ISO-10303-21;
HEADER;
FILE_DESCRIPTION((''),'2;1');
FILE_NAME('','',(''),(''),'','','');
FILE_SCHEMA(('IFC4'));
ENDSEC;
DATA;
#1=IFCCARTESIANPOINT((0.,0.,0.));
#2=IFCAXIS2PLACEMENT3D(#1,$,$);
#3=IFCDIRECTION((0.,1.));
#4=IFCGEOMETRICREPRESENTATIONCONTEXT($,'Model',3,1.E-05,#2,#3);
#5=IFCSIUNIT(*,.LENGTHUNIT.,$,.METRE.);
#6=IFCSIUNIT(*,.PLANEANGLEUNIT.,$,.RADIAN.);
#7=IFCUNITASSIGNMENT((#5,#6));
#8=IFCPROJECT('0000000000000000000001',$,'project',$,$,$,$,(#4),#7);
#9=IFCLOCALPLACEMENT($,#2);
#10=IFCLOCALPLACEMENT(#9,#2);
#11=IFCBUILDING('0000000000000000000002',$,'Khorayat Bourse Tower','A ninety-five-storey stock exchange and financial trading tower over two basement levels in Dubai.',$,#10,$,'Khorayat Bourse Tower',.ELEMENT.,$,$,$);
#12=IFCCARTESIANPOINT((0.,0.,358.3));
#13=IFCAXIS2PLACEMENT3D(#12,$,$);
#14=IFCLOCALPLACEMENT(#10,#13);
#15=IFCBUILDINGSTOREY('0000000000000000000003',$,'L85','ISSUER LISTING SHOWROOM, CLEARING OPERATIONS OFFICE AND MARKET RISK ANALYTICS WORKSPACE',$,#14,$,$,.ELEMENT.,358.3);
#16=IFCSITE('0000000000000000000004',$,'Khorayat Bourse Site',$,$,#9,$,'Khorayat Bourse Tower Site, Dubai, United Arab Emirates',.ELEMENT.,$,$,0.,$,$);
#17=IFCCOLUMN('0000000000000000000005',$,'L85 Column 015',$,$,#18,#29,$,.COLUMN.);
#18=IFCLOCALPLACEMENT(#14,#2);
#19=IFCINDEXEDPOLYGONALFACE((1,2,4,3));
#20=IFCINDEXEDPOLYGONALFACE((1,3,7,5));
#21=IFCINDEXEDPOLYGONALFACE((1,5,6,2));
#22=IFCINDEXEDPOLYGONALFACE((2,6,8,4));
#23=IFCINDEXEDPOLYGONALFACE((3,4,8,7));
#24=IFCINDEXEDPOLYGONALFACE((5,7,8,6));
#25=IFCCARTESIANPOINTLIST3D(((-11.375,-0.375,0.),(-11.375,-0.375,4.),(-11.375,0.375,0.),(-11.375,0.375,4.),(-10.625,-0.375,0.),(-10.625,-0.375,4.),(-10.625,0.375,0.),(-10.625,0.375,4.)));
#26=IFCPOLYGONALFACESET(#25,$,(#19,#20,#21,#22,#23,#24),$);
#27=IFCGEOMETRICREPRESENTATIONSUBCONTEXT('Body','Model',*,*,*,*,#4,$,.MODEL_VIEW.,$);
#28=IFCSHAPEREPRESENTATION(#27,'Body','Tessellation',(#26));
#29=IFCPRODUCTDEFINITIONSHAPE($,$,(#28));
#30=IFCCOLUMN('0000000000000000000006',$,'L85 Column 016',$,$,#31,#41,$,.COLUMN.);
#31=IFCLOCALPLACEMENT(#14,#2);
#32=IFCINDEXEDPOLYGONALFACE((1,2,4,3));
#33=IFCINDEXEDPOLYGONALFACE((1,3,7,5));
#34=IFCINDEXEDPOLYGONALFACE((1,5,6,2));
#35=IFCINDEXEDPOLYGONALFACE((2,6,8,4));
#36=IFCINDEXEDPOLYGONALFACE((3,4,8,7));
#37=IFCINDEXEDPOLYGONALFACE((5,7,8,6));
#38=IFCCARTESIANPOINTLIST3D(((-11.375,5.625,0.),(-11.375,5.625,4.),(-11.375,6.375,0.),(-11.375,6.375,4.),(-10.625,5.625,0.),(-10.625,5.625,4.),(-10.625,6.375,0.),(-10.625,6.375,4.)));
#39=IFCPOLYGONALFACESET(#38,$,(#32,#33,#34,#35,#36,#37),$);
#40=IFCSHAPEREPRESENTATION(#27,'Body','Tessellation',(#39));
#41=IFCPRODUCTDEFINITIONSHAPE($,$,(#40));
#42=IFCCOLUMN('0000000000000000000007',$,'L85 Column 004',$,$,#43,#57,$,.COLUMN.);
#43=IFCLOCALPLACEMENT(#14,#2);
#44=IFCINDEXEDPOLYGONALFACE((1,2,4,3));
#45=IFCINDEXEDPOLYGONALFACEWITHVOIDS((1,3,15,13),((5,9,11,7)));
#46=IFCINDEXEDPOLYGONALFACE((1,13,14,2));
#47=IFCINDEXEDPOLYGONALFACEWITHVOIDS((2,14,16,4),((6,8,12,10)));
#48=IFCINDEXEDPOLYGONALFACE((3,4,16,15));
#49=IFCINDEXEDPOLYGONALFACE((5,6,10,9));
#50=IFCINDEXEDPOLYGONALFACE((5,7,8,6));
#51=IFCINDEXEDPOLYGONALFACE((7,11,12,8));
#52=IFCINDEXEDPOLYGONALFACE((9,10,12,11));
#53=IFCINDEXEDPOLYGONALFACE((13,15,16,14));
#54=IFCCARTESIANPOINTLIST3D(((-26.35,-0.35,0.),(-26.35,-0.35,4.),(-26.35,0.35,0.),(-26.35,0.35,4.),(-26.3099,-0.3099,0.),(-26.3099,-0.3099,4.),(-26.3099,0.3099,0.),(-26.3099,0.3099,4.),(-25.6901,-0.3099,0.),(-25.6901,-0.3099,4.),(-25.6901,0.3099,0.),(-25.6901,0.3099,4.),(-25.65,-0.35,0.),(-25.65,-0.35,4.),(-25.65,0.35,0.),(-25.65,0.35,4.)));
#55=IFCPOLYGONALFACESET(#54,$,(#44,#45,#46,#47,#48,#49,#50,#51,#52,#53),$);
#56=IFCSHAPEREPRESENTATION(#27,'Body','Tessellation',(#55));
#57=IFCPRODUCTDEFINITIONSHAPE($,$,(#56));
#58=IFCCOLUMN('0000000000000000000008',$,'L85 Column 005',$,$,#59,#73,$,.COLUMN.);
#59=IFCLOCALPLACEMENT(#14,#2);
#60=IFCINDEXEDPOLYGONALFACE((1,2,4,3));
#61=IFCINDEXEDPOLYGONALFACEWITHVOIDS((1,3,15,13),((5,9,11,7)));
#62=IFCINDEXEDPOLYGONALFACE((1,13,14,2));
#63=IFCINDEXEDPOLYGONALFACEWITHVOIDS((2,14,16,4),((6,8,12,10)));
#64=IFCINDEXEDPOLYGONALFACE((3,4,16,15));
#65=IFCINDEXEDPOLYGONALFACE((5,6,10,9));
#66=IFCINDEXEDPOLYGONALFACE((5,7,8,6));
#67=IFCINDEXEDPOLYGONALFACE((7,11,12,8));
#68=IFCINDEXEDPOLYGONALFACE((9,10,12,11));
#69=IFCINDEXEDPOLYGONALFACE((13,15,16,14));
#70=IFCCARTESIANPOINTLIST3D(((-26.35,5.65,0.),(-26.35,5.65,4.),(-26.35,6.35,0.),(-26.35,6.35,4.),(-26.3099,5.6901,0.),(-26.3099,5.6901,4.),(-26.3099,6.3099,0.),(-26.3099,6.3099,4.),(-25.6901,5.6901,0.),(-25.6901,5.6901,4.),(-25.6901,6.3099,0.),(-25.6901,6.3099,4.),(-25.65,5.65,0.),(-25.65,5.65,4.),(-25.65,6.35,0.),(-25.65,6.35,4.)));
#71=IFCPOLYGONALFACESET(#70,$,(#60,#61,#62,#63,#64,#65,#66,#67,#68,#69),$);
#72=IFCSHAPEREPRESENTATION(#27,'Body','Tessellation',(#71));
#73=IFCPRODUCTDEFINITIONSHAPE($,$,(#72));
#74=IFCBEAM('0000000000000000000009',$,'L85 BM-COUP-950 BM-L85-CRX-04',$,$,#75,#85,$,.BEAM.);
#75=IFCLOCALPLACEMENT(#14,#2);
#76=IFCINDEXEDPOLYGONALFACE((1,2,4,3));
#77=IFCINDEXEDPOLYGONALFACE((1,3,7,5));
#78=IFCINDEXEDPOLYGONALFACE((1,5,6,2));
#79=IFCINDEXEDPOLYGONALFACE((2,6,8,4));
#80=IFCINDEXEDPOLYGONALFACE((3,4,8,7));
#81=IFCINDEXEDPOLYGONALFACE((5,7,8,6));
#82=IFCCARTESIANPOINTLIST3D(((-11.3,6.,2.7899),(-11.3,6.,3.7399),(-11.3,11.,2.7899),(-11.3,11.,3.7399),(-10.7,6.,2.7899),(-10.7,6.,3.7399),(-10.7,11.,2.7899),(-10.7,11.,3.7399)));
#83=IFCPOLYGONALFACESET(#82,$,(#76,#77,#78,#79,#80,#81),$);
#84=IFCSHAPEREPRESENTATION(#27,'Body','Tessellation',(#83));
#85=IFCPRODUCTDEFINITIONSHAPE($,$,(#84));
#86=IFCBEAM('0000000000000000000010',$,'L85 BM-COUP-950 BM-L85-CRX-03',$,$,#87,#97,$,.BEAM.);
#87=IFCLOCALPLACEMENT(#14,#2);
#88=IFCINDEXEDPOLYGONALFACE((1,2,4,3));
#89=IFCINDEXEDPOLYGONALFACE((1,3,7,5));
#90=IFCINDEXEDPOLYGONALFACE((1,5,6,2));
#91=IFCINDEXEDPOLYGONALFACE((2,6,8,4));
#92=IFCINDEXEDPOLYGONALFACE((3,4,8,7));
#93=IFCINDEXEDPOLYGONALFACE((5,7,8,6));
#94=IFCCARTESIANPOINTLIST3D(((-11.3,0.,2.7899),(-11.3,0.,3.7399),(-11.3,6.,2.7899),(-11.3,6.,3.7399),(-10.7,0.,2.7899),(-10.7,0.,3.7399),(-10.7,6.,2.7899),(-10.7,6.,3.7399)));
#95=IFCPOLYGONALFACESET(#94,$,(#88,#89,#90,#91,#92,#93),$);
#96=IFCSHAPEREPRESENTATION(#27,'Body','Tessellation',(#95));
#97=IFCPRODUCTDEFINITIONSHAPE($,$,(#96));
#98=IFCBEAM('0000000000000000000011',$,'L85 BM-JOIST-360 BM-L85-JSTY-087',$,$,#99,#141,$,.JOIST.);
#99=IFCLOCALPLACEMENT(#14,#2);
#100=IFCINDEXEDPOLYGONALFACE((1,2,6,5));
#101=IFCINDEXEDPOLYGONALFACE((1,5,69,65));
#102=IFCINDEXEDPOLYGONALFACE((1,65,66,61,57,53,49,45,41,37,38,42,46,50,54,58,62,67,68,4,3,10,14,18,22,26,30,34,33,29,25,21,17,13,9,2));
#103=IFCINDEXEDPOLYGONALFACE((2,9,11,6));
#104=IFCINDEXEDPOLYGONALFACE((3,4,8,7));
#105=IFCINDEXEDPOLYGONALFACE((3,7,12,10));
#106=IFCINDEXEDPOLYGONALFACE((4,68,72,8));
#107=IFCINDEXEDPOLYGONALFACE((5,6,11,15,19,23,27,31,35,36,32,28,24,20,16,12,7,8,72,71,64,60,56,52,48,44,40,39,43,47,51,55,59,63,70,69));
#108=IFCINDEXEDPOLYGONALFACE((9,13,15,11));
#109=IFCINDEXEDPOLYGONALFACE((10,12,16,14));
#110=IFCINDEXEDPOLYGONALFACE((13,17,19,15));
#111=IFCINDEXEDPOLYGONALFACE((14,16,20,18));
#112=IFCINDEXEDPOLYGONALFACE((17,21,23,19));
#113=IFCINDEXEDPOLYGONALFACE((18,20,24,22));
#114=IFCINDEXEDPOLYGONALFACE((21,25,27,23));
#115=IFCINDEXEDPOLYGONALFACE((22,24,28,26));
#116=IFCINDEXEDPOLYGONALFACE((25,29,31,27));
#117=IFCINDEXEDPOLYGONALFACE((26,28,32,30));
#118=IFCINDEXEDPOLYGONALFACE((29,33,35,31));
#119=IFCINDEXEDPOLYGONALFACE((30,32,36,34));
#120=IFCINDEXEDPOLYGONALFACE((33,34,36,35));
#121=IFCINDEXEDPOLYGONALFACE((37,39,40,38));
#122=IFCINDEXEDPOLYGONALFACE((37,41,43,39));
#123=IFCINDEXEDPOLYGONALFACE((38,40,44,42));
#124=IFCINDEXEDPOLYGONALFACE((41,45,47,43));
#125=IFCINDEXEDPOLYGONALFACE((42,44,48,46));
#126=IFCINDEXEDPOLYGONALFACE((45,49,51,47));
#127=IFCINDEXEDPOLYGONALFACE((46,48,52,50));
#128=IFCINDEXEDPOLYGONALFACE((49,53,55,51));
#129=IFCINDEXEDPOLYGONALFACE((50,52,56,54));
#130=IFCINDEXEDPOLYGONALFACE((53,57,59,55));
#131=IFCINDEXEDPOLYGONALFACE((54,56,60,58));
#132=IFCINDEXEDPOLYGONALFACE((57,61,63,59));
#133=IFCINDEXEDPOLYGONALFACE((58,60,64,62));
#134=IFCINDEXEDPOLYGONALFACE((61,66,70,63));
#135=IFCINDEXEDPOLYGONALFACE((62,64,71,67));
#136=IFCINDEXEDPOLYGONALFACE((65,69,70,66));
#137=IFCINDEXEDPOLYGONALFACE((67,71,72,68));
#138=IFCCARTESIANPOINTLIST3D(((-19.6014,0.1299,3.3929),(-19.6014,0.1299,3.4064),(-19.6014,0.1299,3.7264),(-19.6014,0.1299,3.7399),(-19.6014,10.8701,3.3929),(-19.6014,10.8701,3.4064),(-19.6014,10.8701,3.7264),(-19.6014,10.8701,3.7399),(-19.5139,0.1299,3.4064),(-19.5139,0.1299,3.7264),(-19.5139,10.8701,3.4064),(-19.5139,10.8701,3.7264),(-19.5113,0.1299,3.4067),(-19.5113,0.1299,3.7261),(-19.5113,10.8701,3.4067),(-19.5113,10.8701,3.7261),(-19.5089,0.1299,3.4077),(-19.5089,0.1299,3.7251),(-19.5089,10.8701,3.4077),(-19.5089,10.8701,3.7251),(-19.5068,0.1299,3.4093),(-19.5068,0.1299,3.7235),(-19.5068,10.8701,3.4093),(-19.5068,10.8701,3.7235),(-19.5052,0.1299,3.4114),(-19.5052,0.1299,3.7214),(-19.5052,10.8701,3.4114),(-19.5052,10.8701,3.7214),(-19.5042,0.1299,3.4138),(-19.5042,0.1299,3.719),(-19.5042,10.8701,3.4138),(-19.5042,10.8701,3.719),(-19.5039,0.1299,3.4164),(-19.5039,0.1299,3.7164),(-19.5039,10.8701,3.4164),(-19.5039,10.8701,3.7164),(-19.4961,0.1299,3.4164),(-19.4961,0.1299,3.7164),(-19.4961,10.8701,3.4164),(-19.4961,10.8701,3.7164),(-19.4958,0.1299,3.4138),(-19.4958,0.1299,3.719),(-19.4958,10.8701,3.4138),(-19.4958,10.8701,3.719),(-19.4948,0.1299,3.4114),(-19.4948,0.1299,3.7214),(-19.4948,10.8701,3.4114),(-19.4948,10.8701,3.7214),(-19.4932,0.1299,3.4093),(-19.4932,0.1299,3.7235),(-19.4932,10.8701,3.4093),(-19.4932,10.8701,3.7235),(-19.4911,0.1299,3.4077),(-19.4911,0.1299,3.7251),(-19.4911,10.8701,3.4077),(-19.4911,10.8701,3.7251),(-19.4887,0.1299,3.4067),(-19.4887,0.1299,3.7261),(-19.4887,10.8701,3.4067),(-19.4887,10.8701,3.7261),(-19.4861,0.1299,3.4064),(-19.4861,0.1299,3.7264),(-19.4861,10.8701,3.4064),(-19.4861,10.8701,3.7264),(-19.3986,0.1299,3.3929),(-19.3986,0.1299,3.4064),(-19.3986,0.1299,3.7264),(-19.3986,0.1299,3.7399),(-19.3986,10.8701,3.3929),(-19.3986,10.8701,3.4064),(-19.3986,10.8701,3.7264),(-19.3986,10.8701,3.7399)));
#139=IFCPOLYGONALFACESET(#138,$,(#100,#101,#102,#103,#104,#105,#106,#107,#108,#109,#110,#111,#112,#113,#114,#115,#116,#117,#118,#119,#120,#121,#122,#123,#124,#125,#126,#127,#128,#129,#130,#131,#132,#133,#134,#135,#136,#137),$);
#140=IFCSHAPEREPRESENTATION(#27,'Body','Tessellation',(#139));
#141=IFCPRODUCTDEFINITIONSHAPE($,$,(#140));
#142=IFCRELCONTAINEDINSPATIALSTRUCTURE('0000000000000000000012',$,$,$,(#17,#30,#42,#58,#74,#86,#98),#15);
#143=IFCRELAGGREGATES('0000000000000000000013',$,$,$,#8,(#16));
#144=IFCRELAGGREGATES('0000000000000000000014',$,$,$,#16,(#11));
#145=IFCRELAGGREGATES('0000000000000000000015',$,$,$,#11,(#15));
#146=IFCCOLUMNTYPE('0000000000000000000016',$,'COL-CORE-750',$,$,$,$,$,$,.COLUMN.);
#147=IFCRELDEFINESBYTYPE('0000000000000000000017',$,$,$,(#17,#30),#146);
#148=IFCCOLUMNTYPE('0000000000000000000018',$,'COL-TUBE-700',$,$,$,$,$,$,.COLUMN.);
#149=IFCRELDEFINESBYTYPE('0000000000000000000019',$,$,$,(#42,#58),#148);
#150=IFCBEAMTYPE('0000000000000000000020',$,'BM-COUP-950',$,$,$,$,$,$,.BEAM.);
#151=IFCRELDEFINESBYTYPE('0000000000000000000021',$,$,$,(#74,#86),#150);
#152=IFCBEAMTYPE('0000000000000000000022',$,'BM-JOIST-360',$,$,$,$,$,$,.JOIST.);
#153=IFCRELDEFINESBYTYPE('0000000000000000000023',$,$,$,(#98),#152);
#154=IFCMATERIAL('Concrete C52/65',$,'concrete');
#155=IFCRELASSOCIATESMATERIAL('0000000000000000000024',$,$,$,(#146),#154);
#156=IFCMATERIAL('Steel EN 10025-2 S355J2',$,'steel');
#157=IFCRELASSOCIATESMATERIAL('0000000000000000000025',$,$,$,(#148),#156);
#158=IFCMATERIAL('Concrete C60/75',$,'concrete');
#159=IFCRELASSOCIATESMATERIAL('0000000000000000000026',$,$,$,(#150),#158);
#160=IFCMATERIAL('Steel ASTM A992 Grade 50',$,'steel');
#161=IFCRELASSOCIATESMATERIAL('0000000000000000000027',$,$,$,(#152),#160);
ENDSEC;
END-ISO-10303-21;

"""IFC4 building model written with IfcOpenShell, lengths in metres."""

from ifc_helpers import new_model, si_unit, direction, frame, origin, origin_2d, place, context, subcontext, project, spatial, rectangle, hollow_rectangle, i_section, extrude, source, transform, mapped, material, material_profile, profile_set, type_object, element, save


model = new_model("IFC4")

# Units and contexts
model_context = context("Model", 3, precision=1e-05, world=origin(), true_north=direction((0.0, 1.0)))
body_context = subcontext(model_context, "Body", "Model", "MODEL_VIEW")
ifc_project = project(units=[si_unit("LENGTHUNIT", "METRE"), si_unit("PLANEANGLEUNIT", "RADIAN")], contexts=[model_context])

# Site, building, storey
site_placement = place(None, origin())
site = spatial("IfcSite", under=ifc_project, at=site_placement, Name="Khorayat Bourse Site", LongName="Khorayat Bourse Tower Site, Dubai, United Arab Emirates", CompositionType="ELEMENT", RefElevation=0.0)
building_placement = place(site_placement, origin())
building = spatial("IfcBuilding", under=site, at=building_placement, Name="Khorayat Bourse Tower", Description="A ninety-five-storey stock exchange and financial trading tower over two basement levels in Dubai.", LongName="Khorayat Bourse Tower", CompositionType="ELEMENT")
storey_placement = place(building_placement, frame((0.0, 0.0, 358.3)))
storey = spatial("IfcBuildingStorey", under=building, at=storey_placement, Name="L85", Description="ISSUER LISTING SHOWROOM, CLEARING OPERATIONS OFFICE AND MARKET RISK ANALYTICS WORKSPACE", CompositionType="ELEMENT", Elevation=358.3)

# Columns
ifc_material_1 = material(Name="Concrete C52/65", Category="concrete")
ifc_material_profile_1 = material_profile(ifc_material_1, rectangle(XDim=0.75, YDim=0.75, at=origin_2d()), Name="RC 750x750")
ifc_profile_set_1 = profile_set([ifc_material_profile_1], Name="Concrete C52/65")
column_type_1 = type_object("IfcColumnType", Name="COL-CORE-750", PredefinedType="COLUMN", material=ifc_profile_set_1)
shared_shape_1 = source(origin(), body_context, "Body", "SweptSolid", [
    extrude(rectangle(XDim=0.75, YDim=0.75, at=origin_2d()), origin(), (0.0, 0.0, 1.0), 4.0),
])
for number, where, z_axis, x_axis, name in (
    (1, (-11.0, 0.0, 0.0), (0.0, 0.0, 1.0), (1.0, 0.0, 0.0), "L85 Column 015"),
    (2, (-11.0, 6.0, 0.0), (0.0, 0.0, 1.0), (1.0, 0.0, 0.0), "L85 Column 016"),
):
    element("IfcColumn", number, at=place(storey_placement, frame(where, z_axis=z_axis, x_axis=x_axis)), inside=storey, type_object=column_type_1, Name=name, PredefinedType="COLUMN", context=body_context, shape_type="MappedRepresentation", body=[
        mapped(shared_shape_1, transform((0.0, 0.0, 0.0), scale=1.0)),
    ])
ifc_material_2 = material(Name="Steel EN 10025-2 S355J2", Category="steel")
ifc_material_profile_2 = material_profile(ifc_material_2, hollow_rectangle(XDim=0.7, YDim=0.7, WallThickness=0.04, at=origin_2d()), Name="BOX 700x700x40")
ifc_profile_set_2 = profile_set([ifc_material_profile_2], Name="Steel EN 10025-2 S355J2")
column_type_2 = type_object("IfcColumnType", Name="COL-TUBE-700", PredefinedType="COLUMN", material=ifc_profile_set_2)
shared_shape_2 = source(origin(), body_context, "Body", "SweptSolid", [
    extrude(hollow_rectangle(XDim=0.7, YDim=0.7, WallThickness=0.04, at=origin_2d()), origin(), (0.0, 0.0, 1.0), 4.0),
])
for number, where, z_axis, x_axis, name in (
    (3, (-26.0, 0.0, 0.0), (0.0, 0.0, 1.0), (1.0, 0.0, 0.0), "L85 Column 004"),
    (4, (-26.0, 6.0, 0.0), (0.0, 0.0, 1.0), (1.0, 0.0, 0.0), "L85 Column 005"),
):
    element("IfcColumn", number, at=place(storey_placement, frame(where, z_axis=z_axis, x_axis=x_axis)), inside=storey, type_object=column_type_2, Name=name, PredefinedType="COLUMN", context=body_context, shape_type="MappedRepresentation", body=[
        mapped(shared_shape_2, transform((0.0, 0.0, 0.0), scale=1.0)),
    ])

# Beams
ifc_material_3 = material(Name="Concrete C60/75", Category="concrete")
ifc_material_profile_3 = material_profile(ifc_material_3, rectangle(XDim=0.6001, YDim=0.95, at=origin_2d()), Name="RC 600x950")
ifc_profile_set_3 = profile_set([ifc_material_profile_3], Name="Concrete C60/75")
beam_type_1 = type_object("IfcBeamType", Name="BM-COUP-950", PredefinedType="BEAM", material=ifc_profile_set_3)
shared_shape_3 = source(origin(), body_context, "Body", "SweptSolid", [
    extrude(rectangle(XDim=0.6001, YDim=0.95, at=origin_2d()), origin(), (0.0, 0.0, 1.0), 5.0),
])
beam_1_placement = place(storey_placement, frame((-11.0, 6.0, 3.2649), z_axis=(0.0, 1.0, 0.0), x_axis=(-1.0, 0.0, 0.0)))
element("IfcBeam", 5, at=beam_1_placement, inside=storey, type_object=beam_type_1, Name="L85 BM-COUP-950 BM-L85-CRX-04", PredefinedType="BEAM", context=body_context, shape_type="MappedRepresentation", body=[
    mapped(shared_shape_3, transform((0.0, 0.0, 0.0), scale=1.0)),
])
shared_shape_4 = source(origin(), body_context, "Body", "SweptSolid", [
    extrude(rectangle(XDim=0.6001, YDim=0.95, at=origin_2d()), origin(), (0.0, 0.0, 1.0), 6.0),
])
beam_2_placement = place(storey_placement, frame((-11.0, 0.0, 3.2649), z_axis=(0.0, 1.0, 0.0), x_axis=(-1.0, 0.0, 0.0)))
element("IfcBeam", 6, at=beam_2_placement, inside=storey, type_object=beam_type_1, Name="L85 BM-COUP-950 BM-L85-CRX-03", PredefinedType="BEAM", context=body_context, shape_type="MappedRepresentation", body=[
    mapped(shared_shape_4, transform((0.0, 0.0, 0.0), scale=1.0)),
])
ifc_material_4 = material(Name="Steel ASTM A992 Grade 50", Category="steel")
ifc_material_profile_4 = material_profile(ifc_material_4, i_section(OverallWidth=0.2029, OverallDepth=0.3469, WebThickness=0.0078, FlangeThickness=0.0134, FilletRadius=0.01, at=origin_2d()), Name="W360X64")
ifc_profile_set_4 = profile_set([ifc_material_profile_4], Name="Steel ASTM A992 Grade 50")
beam_type_2 = type_object("IfcBeamType", Name="BM-JOIST-360", PredefinedType="JOIST", material=ifc_profile_set_4)
shared_shape_5 = source(origin(), body_context, "Body", "SweptSolid", [
    extrude(i_section(OverallWidth=0.2029, OverallDepth=0.3469, WebThickness=0.0078, FlangeThickness=0.0134, FilletRadius=0.01, at=origin_2d()), origin(), (0.0, 0.0, 1.0), 10.7402),
])
beam_3_placement = place(storey_placement, frame((-19.5, 0.1299, 3.5664), z_axis=(0.0, 1.0, 0.0), x_axis=(-1.0, 0.0, 0.0)))
element("IfcBeam", 7, at=beam_3_placement, inside=storey, type_object=beam_type_2, Name="L85 BM-JOIST-360 BM-L85-JSTY-087", PredefinedType="JOIST", context=body_context, shape_type="MappedRepresentation", body=[
    mapped(shared_shape_5, transform((0.0, 0.0, 0.0), scale=1.0)),
])

save(model, "model.ifc")
